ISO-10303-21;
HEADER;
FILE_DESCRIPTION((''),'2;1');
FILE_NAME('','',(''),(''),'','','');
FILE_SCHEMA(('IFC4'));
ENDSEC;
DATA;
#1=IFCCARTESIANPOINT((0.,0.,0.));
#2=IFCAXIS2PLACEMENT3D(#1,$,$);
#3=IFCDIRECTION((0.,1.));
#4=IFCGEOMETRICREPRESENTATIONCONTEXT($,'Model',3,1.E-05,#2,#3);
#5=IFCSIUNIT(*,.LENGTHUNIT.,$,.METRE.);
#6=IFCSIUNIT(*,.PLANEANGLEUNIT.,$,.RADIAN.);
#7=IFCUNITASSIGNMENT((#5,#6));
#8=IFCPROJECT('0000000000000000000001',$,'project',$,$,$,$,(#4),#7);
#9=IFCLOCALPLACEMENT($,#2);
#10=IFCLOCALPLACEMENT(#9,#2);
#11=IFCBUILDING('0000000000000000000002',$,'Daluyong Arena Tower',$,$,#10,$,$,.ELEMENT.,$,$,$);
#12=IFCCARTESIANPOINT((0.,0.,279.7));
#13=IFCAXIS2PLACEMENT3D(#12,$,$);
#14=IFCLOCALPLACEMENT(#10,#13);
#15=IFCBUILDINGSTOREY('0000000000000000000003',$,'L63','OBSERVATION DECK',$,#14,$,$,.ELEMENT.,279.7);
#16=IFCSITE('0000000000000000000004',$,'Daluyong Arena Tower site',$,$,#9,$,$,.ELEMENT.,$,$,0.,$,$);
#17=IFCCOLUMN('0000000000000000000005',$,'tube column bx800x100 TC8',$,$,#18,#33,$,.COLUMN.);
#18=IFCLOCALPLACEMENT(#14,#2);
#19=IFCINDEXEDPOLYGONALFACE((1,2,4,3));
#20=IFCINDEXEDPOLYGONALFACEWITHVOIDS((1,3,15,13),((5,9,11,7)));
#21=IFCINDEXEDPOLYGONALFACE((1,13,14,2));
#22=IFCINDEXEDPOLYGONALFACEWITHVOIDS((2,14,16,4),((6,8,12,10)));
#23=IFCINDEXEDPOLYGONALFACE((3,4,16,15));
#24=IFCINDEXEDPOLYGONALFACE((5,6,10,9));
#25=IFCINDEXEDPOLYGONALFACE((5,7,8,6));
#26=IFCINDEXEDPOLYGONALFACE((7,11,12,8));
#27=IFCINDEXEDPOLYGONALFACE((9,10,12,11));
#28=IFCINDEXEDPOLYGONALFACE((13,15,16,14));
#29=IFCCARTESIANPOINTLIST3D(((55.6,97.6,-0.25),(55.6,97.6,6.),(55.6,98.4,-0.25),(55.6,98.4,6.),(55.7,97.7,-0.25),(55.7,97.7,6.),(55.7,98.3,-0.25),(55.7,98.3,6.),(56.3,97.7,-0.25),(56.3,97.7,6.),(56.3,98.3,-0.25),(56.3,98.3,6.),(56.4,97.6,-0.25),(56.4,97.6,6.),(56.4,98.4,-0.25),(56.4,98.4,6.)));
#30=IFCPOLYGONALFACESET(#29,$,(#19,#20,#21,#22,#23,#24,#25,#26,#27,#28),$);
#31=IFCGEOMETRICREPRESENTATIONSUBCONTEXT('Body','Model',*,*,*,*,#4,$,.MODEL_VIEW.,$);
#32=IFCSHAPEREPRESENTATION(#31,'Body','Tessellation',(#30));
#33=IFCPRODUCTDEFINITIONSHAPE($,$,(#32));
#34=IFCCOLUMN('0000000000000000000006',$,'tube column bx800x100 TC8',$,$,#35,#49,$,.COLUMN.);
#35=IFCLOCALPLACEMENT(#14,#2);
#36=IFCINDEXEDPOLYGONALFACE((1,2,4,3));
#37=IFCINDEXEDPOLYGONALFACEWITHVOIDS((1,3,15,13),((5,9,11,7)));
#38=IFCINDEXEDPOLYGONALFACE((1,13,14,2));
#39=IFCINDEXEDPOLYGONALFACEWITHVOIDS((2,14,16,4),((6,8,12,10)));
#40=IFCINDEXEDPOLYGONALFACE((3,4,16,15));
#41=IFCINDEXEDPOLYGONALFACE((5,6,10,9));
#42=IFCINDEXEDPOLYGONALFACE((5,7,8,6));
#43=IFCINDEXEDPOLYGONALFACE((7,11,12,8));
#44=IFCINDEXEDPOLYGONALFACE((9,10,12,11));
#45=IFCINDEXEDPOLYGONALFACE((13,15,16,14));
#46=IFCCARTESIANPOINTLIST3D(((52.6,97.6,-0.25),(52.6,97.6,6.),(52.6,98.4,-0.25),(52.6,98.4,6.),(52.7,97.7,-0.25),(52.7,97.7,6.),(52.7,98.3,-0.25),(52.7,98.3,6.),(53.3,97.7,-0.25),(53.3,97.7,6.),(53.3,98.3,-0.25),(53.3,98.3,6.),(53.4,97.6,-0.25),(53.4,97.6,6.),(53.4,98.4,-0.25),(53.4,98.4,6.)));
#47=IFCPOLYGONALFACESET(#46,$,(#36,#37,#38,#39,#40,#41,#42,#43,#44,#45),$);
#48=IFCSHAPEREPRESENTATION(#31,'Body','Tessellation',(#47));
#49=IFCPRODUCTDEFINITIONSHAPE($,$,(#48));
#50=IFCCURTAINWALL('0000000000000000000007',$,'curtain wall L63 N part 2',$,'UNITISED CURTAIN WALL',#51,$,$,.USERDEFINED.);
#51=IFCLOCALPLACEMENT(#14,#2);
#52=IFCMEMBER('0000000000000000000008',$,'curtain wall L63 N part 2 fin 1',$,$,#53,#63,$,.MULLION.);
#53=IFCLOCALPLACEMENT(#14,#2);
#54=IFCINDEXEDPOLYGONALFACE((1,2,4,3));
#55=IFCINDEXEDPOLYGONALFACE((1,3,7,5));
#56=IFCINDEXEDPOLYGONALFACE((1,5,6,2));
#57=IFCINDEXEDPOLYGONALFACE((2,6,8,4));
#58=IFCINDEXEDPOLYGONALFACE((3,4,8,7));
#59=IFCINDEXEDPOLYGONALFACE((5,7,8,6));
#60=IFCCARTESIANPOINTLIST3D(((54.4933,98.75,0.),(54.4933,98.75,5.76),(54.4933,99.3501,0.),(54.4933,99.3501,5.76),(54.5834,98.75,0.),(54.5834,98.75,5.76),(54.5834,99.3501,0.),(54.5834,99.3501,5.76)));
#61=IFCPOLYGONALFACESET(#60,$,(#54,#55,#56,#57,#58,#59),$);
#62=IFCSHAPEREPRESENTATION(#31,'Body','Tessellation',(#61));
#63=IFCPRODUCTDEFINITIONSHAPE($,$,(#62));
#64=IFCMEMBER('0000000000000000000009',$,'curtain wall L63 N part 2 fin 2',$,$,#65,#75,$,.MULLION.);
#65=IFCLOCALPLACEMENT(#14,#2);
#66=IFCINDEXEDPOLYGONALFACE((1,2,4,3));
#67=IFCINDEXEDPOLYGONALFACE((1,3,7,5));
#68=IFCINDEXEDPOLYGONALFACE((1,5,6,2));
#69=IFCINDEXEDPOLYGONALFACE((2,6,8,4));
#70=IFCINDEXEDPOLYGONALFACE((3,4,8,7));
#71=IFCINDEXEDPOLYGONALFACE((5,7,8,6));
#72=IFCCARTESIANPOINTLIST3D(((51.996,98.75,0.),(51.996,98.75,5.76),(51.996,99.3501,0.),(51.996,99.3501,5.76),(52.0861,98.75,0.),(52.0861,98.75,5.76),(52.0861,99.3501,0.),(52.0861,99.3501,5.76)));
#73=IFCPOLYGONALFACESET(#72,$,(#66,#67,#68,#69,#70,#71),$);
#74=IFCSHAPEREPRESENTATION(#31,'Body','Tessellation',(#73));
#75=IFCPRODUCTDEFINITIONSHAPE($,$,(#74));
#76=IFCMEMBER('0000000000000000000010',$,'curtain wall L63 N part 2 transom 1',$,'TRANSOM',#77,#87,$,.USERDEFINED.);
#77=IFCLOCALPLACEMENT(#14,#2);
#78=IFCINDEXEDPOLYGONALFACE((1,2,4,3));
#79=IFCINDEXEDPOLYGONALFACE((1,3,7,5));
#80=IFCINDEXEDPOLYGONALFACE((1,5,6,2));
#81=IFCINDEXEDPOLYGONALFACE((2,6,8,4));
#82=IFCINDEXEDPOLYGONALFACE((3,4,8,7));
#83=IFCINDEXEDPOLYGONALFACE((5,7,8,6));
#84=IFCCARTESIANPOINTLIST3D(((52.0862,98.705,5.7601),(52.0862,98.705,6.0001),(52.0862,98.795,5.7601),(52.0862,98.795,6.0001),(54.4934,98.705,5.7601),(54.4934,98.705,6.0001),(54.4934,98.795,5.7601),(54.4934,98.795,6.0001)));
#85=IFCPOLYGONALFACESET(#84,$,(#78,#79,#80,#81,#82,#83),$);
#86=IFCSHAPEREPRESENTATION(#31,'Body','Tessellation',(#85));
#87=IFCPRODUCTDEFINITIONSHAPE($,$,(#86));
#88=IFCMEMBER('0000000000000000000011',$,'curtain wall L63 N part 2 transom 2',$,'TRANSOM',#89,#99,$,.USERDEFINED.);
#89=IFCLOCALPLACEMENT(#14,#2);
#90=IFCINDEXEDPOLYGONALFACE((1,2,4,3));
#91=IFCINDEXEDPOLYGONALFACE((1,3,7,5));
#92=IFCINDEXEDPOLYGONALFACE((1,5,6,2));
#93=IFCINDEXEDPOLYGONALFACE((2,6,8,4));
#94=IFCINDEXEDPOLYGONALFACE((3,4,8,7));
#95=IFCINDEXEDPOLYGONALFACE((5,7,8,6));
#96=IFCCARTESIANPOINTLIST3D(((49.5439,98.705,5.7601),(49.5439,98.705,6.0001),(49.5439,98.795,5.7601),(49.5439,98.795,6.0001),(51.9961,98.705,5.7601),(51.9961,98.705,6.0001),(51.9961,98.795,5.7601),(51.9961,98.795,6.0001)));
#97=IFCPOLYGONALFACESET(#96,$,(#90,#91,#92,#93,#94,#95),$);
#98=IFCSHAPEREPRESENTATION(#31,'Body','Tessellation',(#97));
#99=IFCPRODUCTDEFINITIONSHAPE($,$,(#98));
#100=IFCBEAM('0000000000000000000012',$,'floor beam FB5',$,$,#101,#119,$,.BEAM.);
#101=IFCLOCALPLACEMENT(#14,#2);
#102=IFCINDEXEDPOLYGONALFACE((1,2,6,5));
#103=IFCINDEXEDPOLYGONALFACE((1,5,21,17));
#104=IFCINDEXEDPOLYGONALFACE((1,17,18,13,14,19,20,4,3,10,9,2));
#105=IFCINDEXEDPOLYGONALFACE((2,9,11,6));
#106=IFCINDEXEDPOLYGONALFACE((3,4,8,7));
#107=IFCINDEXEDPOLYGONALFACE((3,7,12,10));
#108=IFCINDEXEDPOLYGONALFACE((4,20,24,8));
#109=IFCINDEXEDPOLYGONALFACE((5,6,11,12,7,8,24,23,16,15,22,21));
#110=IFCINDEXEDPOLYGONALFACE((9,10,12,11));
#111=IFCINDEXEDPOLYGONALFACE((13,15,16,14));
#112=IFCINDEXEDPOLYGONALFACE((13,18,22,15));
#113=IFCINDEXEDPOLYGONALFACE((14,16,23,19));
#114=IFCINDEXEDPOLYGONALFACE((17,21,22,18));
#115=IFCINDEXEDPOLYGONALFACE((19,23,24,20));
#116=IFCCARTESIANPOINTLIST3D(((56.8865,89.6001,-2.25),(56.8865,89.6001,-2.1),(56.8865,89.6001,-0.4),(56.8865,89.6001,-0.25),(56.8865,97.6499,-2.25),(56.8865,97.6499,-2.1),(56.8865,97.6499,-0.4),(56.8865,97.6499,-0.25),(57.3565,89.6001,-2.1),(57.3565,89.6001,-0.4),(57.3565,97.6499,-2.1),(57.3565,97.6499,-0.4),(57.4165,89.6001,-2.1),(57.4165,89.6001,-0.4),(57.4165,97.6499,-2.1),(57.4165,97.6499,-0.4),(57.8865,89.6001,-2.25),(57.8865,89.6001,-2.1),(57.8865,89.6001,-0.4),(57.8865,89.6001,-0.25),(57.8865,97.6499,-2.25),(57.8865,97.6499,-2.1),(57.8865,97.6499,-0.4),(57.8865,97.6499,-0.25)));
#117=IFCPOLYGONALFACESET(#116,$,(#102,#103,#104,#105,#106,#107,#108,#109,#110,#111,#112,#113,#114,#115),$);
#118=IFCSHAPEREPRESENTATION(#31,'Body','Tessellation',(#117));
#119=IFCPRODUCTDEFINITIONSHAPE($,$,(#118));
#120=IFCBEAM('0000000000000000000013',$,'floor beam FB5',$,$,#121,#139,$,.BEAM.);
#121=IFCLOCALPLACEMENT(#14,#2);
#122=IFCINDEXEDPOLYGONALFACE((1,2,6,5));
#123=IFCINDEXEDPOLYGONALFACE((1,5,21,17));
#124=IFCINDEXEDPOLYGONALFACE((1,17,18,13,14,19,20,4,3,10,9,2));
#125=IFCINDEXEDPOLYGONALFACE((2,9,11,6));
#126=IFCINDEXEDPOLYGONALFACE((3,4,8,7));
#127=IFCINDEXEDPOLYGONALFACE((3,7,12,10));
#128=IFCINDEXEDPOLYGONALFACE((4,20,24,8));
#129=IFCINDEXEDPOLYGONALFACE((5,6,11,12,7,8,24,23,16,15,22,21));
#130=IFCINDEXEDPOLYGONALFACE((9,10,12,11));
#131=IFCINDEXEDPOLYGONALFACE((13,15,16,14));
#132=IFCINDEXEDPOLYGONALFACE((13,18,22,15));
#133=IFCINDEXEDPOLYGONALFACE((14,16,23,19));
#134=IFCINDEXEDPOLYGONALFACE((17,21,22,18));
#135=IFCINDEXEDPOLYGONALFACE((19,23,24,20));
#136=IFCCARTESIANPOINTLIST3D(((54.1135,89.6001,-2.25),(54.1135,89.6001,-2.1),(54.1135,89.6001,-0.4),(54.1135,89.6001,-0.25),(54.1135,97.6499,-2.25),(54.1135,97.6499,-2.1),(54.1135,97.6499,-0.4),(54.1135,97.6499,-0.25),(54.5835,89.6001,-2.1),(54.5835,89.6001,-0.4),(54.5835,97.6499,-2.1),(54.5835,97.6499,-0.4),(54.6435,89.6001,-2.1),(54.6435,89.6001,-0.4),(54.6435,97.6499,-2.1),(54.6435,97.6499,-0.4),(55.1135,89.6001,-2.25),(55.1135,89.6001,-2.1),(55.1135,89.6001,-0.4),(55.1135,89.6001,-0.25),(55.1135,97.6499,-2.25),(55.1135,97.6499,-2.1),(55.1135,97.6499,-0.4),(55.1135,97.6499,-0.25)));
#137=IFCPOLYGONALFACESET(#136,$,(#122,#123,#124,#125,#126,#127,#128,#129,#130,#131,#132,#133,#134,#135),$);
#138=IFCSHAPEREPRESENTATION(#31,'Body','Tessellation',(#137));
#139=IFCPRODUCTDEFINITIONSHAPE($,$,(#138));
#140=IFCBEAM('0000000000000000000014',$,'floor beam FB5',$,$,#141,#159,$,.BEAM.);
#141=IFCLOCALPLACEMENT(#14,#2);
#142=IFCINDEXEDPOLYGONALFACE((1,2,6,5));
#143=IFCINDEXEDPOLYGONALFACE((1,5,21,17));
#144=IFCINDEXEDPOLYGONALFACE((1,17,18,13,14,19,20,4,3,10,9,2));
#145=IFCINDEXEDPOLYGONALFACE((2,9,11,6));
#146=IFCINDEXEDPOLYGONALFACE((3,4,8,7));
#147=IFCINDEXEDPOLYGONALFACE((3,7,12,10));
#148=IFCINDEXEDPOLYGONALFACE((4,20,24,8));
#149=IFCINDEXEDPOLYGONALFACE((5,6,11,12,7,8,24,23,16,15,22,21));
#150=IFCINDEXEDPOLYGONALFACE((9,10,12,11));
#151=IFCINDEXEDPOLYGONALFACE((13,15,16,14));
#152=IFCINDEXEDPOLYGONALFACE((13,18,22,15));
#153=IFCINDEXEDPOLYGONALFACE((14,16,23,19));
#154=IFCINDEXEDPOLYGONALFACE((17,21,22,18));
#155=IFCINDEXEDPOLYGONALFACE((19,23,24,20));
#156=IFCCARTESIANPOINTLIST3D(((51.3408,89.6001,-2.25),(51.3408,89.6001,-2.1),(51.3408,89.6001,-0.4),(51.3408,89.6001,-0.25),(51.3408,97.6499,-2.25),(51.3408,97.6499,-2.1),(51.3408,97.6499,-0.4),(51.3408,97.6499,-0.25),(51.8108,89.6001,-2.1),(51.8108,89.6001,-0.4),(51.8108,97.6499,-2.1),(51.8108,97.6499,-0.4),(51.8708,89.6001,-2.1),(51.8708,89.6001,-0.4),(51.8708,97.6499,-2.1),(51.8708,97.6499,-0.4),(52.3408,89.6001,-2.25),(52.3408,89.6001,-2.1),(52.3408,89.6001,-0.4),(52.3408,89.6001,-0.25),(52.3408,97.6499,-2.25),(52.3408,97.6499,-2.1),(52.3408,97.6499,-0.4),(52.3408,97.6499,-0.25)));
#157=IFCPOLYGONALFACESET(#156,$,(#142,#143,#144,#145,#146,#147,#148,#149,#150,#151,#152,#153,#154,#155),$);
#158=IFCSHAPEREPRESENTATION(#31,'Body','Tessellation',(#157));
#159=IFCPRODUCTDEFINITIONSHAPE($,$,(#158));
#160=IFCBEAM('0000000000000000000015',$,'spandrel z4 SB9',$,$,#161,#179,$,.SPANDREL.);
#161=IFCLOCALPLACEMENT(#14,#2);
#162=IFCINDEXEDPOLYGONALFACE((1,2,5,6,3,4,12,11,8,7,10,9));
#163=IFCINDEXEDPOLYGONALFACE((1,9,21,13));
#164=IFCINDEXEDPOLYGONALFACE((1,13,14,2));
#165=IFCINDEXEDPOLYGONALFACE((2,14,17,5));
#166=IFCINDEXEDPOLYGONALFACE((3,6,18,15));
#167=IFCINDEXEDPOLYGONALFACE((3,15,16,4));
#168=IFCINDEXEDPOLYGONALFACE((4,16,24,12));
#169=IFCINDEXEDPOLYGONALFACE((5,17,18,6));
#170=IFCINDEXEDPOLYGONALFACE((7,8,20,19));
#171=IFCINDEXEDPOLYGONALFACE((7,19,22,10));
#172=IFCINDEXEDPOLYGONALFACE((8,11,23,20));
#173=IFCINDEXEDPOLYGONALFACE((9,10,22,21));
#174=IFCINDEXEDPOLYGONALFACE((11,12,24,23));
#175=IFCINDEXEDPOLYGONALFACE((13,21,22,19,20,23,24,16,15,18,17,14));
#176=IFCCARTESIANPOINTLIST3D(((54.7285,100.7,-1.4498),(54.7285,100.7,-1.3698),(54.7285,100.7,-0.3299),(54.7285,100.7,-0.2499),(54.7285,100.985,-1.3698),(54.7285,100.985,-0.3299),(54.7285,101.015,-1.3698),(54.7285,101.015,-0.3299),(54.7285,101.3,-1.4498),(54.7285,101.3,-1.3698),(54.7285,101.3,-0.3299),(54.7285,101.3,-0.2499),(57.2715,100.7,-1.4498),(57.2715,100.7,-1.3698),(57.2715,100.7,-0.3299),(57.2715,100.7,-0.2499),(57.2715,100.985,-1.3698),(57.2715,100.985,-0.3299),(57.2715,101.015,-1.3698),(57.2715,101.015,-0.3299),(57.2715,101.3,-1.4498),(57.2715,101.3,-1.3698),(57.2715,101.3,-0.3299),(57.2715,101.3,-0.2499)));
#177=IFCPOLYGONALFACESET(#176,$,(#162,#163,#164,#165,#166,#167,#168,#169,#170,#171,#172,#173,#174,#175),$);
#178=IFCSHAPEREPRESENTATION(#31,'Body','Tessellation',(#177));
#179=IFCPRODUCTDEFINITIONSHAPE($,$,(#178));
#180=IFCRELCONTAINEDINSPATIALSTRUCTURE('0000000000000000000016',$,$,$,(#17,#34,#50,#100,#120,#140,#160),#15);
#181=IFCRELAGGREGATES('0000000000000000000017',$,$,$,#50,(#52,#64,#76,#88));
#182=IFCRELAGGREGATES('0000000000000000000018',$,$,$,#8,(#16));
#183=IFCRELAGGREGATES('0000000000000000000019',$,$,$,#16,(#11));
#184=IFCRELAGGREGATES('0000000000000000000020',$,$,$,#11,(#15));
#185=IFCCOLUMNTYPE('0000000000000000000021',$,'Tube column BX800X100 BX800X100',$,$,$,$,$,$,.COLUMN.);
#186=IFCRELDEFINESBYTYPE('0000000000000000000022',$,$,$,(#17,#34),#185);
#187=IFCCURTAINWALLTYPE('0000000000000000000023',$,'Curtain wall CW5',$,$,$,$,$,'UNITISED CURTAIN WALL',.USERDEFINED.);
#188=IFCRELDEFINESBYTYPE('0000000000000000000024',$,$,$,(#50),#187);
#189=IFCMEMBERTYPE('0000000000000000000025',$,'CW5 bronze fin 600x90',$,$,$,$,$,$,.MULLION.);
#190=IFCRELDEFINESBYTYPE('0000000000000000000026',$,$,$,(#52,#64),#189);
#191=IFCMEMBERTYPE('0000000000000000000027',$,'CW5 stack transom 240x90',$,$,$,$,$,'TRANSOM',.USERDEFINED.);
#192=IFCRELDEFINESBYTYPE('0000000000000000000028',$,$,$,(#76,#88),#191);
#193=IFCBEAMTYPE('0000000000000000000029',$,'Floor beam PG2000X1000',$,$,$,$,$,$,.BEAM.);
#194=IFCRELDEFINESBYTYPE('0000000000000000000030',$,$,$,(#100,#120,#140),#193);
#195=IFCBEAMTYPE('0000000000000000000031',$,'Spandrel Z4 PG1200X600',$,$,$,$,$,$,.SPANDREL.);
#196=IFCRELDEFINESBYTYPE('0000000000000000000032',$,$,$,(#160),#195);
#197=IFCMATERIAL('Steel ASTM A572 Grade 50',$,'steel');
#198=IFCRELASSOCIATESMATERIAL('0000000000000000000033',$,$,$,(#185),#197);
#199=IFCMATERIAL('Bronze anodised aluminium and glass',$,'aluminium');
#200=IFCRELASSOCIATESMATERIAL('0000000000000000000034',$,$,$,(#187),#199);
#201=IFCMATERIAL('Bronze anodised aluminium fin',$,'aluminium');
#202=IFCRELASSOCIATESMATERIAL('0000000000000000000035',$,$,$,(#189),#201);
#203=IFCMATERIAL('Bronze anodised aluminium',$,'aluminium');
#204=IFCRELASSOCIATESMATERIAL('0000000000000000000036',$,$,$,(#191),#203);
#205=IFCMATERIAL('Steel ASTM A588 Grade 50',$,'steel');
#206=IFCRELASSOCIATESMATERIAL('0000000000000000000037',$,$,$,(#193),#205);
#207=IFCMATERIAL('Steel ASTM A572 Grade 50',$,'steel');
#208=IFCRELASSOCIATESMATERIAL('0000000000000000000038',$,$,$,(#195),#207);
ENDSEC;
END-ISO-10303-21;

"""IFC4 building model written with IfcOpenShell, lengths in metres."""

from ifc_helpers import new_model, si_unit, direction, frame, origin, origin_2d, place, context, subcontext, project, spatial, rectangle, hollow_rectangle, i_section, extrude, material, material_profile, profile_set, type_object, element, aggregate, save


model = new_model("IFC4")

# Units and contexts
model_context = context("Model", 3, precision=1e-05, world=origin(), true_north=direction((0.0, 1.0)))
body_context = subcontext(model_context, "Body", "Model", "MODEL_VIEW")
ifc_project = project(units=[si_unit("LENGTHUNIT", "METRE"), si_unit("PLANEANGLEUNIT", "RADIAN")], contexts=[model_context])

# Site, building, storey
site_placement = place(None, origin())
site = spatial("IfcSite", under=ifc_project, at=site_placement, Name="Daluyong Arena Tower site", CompositionType="ELEMENT", RefElevation=0.0)
building_placement = place(site_placement, origin())
building = spatial("IfcBuilding", under=site, at=building_placement, Name="Daluyong Arena Tower", CompositionType="ELEMENT")
storey_placement = place(building_placement, frame((0.0, 0.0, 279.7)))
storey = spatial("IfcBuildingStorey", under=building, at=storey_placement, Name="L63", Description="OBSERVATION DECK", CompositionType="ELEMENT", Elevation=279.7)

# Columns
ifc_material_1 = material(Name="Steel ASTM A572 Grade 50", Category="steel")
ifc_material_profile_1 = material_profile(ifc_material_1, hollow_rectangle(XDim=0.8, YDim=0.8, WallThickness=0.1, at=origin_2d()))
ifc_profile_set_1 = profile_set([ifc_material_profile_1], Name="Steel ASTM A572 Grade 50")
column_type = type_object("IfcColumnType", Name="Tube column BX800X100 BX800X100", PredefinedType="COLUMN", material=ifc_profile_set_1)
for number, where, z_axis, x_axis, name in (
    (1, (56.0, 98.0, -0.25), (0.0, 0.0, 1.0), (1.0, 0.0, 0.0), "tube column bx800x100 TC8"),
    (2, (53.0, 98.0, -0.25), (0.0, 0.0, 1.0), (1.0, 0.0, 0.0), "tube column bx800x100 TC8"),
):
    element("IfcColumn", number, at=place(storey_placement, frame(where, z_axis=z_axis, x_axis=x_axis)), inside=storey, type_object=column_type, Name=name, PredefinedType="COLUMN", context=body_context, shape_type="SweptSolid", body=[
        extrude(hollow_rectangle(XDim=0.8, YDim=0.8, WallThickness=0.1, at=origin_2d()), origin(), (0.0, 0.0, 1.0), 6.25),
    ])

# Curtain wall, members
ifc_material_2 = material(Name="Bronze anodised aluminium and glass", Category="aluminium")
curtain_wall_type = type_object("IfcCurtainWallType", Name="Curtain wall CW5", ElementType="UNITISED CURTAIN WALL", PredefinedType="USERDEFINED", material=ifc_material_2)
curtain_wall_placement = place(storey_placement, origin())
curtain_wall = element("IfcCurtainWall", 3, at=curtain_wall_placement, inside=storey, type_object=curtain_wall_type, Name="curtain wall L63 N part 2", ObjectType="UNITISED CURTAIN WALL", PredefinedType="USERDEFINED")
ifc_material_3 = material(Name="Bronze anodised aluminium fin", Category="aluminium")
ifc_material_profile_2 = material_profile(ifc_material_3, rectangle(XDim=0.6001, YDim=0.0901, at=origin_2d()))
ifc_profile_set_2 = profile_set([ifc_material_profile_2], Name="Bronze anodised aluminium fin")
member_type_1 = type_object("IfcMemberType", Name="CW5 bronze fin 600x90", PredefinedType="MULLION", material=ifc_profile_set_2)
member_1_placement = place(storey_placement, frame((54.5383, 99.05, 0.0), z_axis=(0.0, 0.0, 1.0), x_axis=(0.0, -1.0, 0.0)))
member_1 = element("IfcMember", 4, at=member_1_placement, type_object=member_type_1, Name="curtain wall L63 N part 2 fin 1", PredefinedType="MULLION", context=body_context, shape_type="SweptSolid", body=[
    extrude(rectangle(XDim=0.6001, YDim=0.0901, at=origin_2d()), origin(), (0.0, 0.0, 1.0), 5.76),
])
member_2_placement = place(storey_placement, frame((52.041, 99.05, 0.0), z_axis=(0.0, 0.0, 1.0), x_axis=(0.0, -1.0, 0.0)))
member_2 = element("IfcMember", 5, at=member_2_placement, type_object=member_type_1, Name="curtain wall L63 N part 2 fin 2", PredefinedType="MULLION", context=body_context, shape_type="SweptSolid", body=[
    extrude(rectangle(XDim=0.6001, YDim=0.0901, at=origin_2d()), origin(), (0.0, 0.0, 1.0), 5.76),
])
ifc_material_4 = material(Name="Bronze anodised aluminium", Category="aluminium")
ifc_material_profile_3 = material_profile(ifc_material_4, rectangle(XDim=0.0901, YDim=0.24, at=origin_2d()))
ifc_profile_set_3 = profile_set([ifc_material_profile_3], Name="Bronze anodised aluminium")
member_type_2 = type_object("IfcMemberType", Name="CW5 stack transom 240x90", ElementType="TRANSOM", PredefinedType="USERDEFINED", material=ifc_profile_set_3)
member_3_placement = place(storey_placement, frame((54.4934, 98.75, 5.8801), z_axis=(-1.0, 0.0, 0.0), x_axis=(0.0, -1.0, 0.0)))
member_3 = element("IfcMember", 6, at=member_3_placement, type_object=member_type_2, Name="curtain wall L63 N part 2 transom 1", ObjectType="TRANSOM", PredefinedType="USERDEFINED", context=body_context, shape_type="SweptSolid", body=[
    extrude(rectangle(XDim=0.0901, YDim=0.24, at=origin_2d()), origin(), (0.0, 0.0, 1.0), 2.4072),
])
member_4_placement = place(storey_placement, frame((51.9961, 98.75, 5.8801), z_axis=(-1.0, 0.0, 0.0), x_axis=(0.0, -1.0, 0.0)))
member_4 = element("IfcMember", 7, at=member_4_placement, type_object=member_type_2, Name="curtain wall L63 N part 2 transom 2", ObjectType="TRANSOM", PredefinedType="USERDEFINED", context=body_context, shape_type="SweptSolid", body=[
    extrude(rectangle(XDim=0.0901, YDim=0.24, at=origin_2d()), origin(), (0.0, 0.0, 1.0), 2.4521),
])

# Beams
ifc_material_5 = material(Name="Steel ASTM A588 Grade 50", Category="steel")
ifc_material_profile_4 = material_profile(ifc_material_5, i_section(OverallWidth=1.0, OverallDepth=2.0, WebThickness=0.06, FlangeThickness=0.15, at=origin_2d()))
ifc_profile_set_4 = profile_set([ifc_material_profile_4], Name="Steel ASTM A588 Grade 50")
beam_type_1 = type_object("IfcBeamType", Name="Floor beam PG2000X1000", PredefinedType="BEAM", material=ifc_profile_set_4)
for number, where, z_axis, x_axis, name in (
    (8, (57.3865, 97.6499, -1.25), (0.0, -1.0, 0.0), (1.0, 0.0, 0.0), "floor beam FB5"),
    (9, (54.6135, 97.6499, -1.25), (0.0, -1.0, 0.0), (1.0, 0.0, 0.0), "floor beam FB5"),
    (10, (51.8408, 97.6499, -1.25), (0.0, -1.0, 0.0), (1.0, 0.0, 0.0), "floor beam FB5"),
):
    element("IfcBeam", number, at=place(storey_placement, frame(where, z_axis=z_axis, x_axis=x_axis)), inside=storey, type_object=beam_type_1, Name=name, PredefinedType="BEAM", context=body_context, shape_type="SweptSolid", body=[
        extrude(i_section(OverallWidth=1.0, OverallDepth=2.0, WebThickness=0.06, FlangeThickness=0.15, at=origin_2d()), origin(), (0.0, 0.0, 1.0), 8.0498),
    ])
ifc_material_6 = material(Name="Steel ASTM A572 Grade 50", Category="steel")
ifc_material_profile_5 = material_profile(ifc_material_6, i_section(OverallWidth=0.6001, OverallDepth=1.2, WebThickness=0.03, FlangeThickness=0.08, at=origin_2d()))
ifc_profile_set_5 = profile_set([ifc_material_profile_5], Name="Steel ASTM A572 Grade 50")
beam_type_2 = type_object("IfcBeamType", Name="Spandrel Z4 PG1200X600", PredefinedType="SPANDREL", material=ifc_profile_set_5)
beam_1_placement = place(storey_placement, frame((57.2715, 101.0, -0.8499), z_axis=(-1.0, 0.0, 0.0), x_axis=(0.0, -1.0, 0.0)))
element("IfcBeam", 11, at=beam_1_placement, inside=storey, type_object=beam_type_2, Name="spandrel z4 SB9", PredefinedType="SPANDREL", context=body_context, shape_type="SweptSolid", body=[
    extrude(i_section(OverallWidth=0.6001, OverallDepth=1.2, WebThickness=0.03, FlangeThickness=0.08, at=origin_2d()), origin(), (0.0, 0.0, 1.0), 2.543),
])

aggregate(curtain_wall, [member_1, member_2, member_3, member_4])

save(model, "model.ifc")
